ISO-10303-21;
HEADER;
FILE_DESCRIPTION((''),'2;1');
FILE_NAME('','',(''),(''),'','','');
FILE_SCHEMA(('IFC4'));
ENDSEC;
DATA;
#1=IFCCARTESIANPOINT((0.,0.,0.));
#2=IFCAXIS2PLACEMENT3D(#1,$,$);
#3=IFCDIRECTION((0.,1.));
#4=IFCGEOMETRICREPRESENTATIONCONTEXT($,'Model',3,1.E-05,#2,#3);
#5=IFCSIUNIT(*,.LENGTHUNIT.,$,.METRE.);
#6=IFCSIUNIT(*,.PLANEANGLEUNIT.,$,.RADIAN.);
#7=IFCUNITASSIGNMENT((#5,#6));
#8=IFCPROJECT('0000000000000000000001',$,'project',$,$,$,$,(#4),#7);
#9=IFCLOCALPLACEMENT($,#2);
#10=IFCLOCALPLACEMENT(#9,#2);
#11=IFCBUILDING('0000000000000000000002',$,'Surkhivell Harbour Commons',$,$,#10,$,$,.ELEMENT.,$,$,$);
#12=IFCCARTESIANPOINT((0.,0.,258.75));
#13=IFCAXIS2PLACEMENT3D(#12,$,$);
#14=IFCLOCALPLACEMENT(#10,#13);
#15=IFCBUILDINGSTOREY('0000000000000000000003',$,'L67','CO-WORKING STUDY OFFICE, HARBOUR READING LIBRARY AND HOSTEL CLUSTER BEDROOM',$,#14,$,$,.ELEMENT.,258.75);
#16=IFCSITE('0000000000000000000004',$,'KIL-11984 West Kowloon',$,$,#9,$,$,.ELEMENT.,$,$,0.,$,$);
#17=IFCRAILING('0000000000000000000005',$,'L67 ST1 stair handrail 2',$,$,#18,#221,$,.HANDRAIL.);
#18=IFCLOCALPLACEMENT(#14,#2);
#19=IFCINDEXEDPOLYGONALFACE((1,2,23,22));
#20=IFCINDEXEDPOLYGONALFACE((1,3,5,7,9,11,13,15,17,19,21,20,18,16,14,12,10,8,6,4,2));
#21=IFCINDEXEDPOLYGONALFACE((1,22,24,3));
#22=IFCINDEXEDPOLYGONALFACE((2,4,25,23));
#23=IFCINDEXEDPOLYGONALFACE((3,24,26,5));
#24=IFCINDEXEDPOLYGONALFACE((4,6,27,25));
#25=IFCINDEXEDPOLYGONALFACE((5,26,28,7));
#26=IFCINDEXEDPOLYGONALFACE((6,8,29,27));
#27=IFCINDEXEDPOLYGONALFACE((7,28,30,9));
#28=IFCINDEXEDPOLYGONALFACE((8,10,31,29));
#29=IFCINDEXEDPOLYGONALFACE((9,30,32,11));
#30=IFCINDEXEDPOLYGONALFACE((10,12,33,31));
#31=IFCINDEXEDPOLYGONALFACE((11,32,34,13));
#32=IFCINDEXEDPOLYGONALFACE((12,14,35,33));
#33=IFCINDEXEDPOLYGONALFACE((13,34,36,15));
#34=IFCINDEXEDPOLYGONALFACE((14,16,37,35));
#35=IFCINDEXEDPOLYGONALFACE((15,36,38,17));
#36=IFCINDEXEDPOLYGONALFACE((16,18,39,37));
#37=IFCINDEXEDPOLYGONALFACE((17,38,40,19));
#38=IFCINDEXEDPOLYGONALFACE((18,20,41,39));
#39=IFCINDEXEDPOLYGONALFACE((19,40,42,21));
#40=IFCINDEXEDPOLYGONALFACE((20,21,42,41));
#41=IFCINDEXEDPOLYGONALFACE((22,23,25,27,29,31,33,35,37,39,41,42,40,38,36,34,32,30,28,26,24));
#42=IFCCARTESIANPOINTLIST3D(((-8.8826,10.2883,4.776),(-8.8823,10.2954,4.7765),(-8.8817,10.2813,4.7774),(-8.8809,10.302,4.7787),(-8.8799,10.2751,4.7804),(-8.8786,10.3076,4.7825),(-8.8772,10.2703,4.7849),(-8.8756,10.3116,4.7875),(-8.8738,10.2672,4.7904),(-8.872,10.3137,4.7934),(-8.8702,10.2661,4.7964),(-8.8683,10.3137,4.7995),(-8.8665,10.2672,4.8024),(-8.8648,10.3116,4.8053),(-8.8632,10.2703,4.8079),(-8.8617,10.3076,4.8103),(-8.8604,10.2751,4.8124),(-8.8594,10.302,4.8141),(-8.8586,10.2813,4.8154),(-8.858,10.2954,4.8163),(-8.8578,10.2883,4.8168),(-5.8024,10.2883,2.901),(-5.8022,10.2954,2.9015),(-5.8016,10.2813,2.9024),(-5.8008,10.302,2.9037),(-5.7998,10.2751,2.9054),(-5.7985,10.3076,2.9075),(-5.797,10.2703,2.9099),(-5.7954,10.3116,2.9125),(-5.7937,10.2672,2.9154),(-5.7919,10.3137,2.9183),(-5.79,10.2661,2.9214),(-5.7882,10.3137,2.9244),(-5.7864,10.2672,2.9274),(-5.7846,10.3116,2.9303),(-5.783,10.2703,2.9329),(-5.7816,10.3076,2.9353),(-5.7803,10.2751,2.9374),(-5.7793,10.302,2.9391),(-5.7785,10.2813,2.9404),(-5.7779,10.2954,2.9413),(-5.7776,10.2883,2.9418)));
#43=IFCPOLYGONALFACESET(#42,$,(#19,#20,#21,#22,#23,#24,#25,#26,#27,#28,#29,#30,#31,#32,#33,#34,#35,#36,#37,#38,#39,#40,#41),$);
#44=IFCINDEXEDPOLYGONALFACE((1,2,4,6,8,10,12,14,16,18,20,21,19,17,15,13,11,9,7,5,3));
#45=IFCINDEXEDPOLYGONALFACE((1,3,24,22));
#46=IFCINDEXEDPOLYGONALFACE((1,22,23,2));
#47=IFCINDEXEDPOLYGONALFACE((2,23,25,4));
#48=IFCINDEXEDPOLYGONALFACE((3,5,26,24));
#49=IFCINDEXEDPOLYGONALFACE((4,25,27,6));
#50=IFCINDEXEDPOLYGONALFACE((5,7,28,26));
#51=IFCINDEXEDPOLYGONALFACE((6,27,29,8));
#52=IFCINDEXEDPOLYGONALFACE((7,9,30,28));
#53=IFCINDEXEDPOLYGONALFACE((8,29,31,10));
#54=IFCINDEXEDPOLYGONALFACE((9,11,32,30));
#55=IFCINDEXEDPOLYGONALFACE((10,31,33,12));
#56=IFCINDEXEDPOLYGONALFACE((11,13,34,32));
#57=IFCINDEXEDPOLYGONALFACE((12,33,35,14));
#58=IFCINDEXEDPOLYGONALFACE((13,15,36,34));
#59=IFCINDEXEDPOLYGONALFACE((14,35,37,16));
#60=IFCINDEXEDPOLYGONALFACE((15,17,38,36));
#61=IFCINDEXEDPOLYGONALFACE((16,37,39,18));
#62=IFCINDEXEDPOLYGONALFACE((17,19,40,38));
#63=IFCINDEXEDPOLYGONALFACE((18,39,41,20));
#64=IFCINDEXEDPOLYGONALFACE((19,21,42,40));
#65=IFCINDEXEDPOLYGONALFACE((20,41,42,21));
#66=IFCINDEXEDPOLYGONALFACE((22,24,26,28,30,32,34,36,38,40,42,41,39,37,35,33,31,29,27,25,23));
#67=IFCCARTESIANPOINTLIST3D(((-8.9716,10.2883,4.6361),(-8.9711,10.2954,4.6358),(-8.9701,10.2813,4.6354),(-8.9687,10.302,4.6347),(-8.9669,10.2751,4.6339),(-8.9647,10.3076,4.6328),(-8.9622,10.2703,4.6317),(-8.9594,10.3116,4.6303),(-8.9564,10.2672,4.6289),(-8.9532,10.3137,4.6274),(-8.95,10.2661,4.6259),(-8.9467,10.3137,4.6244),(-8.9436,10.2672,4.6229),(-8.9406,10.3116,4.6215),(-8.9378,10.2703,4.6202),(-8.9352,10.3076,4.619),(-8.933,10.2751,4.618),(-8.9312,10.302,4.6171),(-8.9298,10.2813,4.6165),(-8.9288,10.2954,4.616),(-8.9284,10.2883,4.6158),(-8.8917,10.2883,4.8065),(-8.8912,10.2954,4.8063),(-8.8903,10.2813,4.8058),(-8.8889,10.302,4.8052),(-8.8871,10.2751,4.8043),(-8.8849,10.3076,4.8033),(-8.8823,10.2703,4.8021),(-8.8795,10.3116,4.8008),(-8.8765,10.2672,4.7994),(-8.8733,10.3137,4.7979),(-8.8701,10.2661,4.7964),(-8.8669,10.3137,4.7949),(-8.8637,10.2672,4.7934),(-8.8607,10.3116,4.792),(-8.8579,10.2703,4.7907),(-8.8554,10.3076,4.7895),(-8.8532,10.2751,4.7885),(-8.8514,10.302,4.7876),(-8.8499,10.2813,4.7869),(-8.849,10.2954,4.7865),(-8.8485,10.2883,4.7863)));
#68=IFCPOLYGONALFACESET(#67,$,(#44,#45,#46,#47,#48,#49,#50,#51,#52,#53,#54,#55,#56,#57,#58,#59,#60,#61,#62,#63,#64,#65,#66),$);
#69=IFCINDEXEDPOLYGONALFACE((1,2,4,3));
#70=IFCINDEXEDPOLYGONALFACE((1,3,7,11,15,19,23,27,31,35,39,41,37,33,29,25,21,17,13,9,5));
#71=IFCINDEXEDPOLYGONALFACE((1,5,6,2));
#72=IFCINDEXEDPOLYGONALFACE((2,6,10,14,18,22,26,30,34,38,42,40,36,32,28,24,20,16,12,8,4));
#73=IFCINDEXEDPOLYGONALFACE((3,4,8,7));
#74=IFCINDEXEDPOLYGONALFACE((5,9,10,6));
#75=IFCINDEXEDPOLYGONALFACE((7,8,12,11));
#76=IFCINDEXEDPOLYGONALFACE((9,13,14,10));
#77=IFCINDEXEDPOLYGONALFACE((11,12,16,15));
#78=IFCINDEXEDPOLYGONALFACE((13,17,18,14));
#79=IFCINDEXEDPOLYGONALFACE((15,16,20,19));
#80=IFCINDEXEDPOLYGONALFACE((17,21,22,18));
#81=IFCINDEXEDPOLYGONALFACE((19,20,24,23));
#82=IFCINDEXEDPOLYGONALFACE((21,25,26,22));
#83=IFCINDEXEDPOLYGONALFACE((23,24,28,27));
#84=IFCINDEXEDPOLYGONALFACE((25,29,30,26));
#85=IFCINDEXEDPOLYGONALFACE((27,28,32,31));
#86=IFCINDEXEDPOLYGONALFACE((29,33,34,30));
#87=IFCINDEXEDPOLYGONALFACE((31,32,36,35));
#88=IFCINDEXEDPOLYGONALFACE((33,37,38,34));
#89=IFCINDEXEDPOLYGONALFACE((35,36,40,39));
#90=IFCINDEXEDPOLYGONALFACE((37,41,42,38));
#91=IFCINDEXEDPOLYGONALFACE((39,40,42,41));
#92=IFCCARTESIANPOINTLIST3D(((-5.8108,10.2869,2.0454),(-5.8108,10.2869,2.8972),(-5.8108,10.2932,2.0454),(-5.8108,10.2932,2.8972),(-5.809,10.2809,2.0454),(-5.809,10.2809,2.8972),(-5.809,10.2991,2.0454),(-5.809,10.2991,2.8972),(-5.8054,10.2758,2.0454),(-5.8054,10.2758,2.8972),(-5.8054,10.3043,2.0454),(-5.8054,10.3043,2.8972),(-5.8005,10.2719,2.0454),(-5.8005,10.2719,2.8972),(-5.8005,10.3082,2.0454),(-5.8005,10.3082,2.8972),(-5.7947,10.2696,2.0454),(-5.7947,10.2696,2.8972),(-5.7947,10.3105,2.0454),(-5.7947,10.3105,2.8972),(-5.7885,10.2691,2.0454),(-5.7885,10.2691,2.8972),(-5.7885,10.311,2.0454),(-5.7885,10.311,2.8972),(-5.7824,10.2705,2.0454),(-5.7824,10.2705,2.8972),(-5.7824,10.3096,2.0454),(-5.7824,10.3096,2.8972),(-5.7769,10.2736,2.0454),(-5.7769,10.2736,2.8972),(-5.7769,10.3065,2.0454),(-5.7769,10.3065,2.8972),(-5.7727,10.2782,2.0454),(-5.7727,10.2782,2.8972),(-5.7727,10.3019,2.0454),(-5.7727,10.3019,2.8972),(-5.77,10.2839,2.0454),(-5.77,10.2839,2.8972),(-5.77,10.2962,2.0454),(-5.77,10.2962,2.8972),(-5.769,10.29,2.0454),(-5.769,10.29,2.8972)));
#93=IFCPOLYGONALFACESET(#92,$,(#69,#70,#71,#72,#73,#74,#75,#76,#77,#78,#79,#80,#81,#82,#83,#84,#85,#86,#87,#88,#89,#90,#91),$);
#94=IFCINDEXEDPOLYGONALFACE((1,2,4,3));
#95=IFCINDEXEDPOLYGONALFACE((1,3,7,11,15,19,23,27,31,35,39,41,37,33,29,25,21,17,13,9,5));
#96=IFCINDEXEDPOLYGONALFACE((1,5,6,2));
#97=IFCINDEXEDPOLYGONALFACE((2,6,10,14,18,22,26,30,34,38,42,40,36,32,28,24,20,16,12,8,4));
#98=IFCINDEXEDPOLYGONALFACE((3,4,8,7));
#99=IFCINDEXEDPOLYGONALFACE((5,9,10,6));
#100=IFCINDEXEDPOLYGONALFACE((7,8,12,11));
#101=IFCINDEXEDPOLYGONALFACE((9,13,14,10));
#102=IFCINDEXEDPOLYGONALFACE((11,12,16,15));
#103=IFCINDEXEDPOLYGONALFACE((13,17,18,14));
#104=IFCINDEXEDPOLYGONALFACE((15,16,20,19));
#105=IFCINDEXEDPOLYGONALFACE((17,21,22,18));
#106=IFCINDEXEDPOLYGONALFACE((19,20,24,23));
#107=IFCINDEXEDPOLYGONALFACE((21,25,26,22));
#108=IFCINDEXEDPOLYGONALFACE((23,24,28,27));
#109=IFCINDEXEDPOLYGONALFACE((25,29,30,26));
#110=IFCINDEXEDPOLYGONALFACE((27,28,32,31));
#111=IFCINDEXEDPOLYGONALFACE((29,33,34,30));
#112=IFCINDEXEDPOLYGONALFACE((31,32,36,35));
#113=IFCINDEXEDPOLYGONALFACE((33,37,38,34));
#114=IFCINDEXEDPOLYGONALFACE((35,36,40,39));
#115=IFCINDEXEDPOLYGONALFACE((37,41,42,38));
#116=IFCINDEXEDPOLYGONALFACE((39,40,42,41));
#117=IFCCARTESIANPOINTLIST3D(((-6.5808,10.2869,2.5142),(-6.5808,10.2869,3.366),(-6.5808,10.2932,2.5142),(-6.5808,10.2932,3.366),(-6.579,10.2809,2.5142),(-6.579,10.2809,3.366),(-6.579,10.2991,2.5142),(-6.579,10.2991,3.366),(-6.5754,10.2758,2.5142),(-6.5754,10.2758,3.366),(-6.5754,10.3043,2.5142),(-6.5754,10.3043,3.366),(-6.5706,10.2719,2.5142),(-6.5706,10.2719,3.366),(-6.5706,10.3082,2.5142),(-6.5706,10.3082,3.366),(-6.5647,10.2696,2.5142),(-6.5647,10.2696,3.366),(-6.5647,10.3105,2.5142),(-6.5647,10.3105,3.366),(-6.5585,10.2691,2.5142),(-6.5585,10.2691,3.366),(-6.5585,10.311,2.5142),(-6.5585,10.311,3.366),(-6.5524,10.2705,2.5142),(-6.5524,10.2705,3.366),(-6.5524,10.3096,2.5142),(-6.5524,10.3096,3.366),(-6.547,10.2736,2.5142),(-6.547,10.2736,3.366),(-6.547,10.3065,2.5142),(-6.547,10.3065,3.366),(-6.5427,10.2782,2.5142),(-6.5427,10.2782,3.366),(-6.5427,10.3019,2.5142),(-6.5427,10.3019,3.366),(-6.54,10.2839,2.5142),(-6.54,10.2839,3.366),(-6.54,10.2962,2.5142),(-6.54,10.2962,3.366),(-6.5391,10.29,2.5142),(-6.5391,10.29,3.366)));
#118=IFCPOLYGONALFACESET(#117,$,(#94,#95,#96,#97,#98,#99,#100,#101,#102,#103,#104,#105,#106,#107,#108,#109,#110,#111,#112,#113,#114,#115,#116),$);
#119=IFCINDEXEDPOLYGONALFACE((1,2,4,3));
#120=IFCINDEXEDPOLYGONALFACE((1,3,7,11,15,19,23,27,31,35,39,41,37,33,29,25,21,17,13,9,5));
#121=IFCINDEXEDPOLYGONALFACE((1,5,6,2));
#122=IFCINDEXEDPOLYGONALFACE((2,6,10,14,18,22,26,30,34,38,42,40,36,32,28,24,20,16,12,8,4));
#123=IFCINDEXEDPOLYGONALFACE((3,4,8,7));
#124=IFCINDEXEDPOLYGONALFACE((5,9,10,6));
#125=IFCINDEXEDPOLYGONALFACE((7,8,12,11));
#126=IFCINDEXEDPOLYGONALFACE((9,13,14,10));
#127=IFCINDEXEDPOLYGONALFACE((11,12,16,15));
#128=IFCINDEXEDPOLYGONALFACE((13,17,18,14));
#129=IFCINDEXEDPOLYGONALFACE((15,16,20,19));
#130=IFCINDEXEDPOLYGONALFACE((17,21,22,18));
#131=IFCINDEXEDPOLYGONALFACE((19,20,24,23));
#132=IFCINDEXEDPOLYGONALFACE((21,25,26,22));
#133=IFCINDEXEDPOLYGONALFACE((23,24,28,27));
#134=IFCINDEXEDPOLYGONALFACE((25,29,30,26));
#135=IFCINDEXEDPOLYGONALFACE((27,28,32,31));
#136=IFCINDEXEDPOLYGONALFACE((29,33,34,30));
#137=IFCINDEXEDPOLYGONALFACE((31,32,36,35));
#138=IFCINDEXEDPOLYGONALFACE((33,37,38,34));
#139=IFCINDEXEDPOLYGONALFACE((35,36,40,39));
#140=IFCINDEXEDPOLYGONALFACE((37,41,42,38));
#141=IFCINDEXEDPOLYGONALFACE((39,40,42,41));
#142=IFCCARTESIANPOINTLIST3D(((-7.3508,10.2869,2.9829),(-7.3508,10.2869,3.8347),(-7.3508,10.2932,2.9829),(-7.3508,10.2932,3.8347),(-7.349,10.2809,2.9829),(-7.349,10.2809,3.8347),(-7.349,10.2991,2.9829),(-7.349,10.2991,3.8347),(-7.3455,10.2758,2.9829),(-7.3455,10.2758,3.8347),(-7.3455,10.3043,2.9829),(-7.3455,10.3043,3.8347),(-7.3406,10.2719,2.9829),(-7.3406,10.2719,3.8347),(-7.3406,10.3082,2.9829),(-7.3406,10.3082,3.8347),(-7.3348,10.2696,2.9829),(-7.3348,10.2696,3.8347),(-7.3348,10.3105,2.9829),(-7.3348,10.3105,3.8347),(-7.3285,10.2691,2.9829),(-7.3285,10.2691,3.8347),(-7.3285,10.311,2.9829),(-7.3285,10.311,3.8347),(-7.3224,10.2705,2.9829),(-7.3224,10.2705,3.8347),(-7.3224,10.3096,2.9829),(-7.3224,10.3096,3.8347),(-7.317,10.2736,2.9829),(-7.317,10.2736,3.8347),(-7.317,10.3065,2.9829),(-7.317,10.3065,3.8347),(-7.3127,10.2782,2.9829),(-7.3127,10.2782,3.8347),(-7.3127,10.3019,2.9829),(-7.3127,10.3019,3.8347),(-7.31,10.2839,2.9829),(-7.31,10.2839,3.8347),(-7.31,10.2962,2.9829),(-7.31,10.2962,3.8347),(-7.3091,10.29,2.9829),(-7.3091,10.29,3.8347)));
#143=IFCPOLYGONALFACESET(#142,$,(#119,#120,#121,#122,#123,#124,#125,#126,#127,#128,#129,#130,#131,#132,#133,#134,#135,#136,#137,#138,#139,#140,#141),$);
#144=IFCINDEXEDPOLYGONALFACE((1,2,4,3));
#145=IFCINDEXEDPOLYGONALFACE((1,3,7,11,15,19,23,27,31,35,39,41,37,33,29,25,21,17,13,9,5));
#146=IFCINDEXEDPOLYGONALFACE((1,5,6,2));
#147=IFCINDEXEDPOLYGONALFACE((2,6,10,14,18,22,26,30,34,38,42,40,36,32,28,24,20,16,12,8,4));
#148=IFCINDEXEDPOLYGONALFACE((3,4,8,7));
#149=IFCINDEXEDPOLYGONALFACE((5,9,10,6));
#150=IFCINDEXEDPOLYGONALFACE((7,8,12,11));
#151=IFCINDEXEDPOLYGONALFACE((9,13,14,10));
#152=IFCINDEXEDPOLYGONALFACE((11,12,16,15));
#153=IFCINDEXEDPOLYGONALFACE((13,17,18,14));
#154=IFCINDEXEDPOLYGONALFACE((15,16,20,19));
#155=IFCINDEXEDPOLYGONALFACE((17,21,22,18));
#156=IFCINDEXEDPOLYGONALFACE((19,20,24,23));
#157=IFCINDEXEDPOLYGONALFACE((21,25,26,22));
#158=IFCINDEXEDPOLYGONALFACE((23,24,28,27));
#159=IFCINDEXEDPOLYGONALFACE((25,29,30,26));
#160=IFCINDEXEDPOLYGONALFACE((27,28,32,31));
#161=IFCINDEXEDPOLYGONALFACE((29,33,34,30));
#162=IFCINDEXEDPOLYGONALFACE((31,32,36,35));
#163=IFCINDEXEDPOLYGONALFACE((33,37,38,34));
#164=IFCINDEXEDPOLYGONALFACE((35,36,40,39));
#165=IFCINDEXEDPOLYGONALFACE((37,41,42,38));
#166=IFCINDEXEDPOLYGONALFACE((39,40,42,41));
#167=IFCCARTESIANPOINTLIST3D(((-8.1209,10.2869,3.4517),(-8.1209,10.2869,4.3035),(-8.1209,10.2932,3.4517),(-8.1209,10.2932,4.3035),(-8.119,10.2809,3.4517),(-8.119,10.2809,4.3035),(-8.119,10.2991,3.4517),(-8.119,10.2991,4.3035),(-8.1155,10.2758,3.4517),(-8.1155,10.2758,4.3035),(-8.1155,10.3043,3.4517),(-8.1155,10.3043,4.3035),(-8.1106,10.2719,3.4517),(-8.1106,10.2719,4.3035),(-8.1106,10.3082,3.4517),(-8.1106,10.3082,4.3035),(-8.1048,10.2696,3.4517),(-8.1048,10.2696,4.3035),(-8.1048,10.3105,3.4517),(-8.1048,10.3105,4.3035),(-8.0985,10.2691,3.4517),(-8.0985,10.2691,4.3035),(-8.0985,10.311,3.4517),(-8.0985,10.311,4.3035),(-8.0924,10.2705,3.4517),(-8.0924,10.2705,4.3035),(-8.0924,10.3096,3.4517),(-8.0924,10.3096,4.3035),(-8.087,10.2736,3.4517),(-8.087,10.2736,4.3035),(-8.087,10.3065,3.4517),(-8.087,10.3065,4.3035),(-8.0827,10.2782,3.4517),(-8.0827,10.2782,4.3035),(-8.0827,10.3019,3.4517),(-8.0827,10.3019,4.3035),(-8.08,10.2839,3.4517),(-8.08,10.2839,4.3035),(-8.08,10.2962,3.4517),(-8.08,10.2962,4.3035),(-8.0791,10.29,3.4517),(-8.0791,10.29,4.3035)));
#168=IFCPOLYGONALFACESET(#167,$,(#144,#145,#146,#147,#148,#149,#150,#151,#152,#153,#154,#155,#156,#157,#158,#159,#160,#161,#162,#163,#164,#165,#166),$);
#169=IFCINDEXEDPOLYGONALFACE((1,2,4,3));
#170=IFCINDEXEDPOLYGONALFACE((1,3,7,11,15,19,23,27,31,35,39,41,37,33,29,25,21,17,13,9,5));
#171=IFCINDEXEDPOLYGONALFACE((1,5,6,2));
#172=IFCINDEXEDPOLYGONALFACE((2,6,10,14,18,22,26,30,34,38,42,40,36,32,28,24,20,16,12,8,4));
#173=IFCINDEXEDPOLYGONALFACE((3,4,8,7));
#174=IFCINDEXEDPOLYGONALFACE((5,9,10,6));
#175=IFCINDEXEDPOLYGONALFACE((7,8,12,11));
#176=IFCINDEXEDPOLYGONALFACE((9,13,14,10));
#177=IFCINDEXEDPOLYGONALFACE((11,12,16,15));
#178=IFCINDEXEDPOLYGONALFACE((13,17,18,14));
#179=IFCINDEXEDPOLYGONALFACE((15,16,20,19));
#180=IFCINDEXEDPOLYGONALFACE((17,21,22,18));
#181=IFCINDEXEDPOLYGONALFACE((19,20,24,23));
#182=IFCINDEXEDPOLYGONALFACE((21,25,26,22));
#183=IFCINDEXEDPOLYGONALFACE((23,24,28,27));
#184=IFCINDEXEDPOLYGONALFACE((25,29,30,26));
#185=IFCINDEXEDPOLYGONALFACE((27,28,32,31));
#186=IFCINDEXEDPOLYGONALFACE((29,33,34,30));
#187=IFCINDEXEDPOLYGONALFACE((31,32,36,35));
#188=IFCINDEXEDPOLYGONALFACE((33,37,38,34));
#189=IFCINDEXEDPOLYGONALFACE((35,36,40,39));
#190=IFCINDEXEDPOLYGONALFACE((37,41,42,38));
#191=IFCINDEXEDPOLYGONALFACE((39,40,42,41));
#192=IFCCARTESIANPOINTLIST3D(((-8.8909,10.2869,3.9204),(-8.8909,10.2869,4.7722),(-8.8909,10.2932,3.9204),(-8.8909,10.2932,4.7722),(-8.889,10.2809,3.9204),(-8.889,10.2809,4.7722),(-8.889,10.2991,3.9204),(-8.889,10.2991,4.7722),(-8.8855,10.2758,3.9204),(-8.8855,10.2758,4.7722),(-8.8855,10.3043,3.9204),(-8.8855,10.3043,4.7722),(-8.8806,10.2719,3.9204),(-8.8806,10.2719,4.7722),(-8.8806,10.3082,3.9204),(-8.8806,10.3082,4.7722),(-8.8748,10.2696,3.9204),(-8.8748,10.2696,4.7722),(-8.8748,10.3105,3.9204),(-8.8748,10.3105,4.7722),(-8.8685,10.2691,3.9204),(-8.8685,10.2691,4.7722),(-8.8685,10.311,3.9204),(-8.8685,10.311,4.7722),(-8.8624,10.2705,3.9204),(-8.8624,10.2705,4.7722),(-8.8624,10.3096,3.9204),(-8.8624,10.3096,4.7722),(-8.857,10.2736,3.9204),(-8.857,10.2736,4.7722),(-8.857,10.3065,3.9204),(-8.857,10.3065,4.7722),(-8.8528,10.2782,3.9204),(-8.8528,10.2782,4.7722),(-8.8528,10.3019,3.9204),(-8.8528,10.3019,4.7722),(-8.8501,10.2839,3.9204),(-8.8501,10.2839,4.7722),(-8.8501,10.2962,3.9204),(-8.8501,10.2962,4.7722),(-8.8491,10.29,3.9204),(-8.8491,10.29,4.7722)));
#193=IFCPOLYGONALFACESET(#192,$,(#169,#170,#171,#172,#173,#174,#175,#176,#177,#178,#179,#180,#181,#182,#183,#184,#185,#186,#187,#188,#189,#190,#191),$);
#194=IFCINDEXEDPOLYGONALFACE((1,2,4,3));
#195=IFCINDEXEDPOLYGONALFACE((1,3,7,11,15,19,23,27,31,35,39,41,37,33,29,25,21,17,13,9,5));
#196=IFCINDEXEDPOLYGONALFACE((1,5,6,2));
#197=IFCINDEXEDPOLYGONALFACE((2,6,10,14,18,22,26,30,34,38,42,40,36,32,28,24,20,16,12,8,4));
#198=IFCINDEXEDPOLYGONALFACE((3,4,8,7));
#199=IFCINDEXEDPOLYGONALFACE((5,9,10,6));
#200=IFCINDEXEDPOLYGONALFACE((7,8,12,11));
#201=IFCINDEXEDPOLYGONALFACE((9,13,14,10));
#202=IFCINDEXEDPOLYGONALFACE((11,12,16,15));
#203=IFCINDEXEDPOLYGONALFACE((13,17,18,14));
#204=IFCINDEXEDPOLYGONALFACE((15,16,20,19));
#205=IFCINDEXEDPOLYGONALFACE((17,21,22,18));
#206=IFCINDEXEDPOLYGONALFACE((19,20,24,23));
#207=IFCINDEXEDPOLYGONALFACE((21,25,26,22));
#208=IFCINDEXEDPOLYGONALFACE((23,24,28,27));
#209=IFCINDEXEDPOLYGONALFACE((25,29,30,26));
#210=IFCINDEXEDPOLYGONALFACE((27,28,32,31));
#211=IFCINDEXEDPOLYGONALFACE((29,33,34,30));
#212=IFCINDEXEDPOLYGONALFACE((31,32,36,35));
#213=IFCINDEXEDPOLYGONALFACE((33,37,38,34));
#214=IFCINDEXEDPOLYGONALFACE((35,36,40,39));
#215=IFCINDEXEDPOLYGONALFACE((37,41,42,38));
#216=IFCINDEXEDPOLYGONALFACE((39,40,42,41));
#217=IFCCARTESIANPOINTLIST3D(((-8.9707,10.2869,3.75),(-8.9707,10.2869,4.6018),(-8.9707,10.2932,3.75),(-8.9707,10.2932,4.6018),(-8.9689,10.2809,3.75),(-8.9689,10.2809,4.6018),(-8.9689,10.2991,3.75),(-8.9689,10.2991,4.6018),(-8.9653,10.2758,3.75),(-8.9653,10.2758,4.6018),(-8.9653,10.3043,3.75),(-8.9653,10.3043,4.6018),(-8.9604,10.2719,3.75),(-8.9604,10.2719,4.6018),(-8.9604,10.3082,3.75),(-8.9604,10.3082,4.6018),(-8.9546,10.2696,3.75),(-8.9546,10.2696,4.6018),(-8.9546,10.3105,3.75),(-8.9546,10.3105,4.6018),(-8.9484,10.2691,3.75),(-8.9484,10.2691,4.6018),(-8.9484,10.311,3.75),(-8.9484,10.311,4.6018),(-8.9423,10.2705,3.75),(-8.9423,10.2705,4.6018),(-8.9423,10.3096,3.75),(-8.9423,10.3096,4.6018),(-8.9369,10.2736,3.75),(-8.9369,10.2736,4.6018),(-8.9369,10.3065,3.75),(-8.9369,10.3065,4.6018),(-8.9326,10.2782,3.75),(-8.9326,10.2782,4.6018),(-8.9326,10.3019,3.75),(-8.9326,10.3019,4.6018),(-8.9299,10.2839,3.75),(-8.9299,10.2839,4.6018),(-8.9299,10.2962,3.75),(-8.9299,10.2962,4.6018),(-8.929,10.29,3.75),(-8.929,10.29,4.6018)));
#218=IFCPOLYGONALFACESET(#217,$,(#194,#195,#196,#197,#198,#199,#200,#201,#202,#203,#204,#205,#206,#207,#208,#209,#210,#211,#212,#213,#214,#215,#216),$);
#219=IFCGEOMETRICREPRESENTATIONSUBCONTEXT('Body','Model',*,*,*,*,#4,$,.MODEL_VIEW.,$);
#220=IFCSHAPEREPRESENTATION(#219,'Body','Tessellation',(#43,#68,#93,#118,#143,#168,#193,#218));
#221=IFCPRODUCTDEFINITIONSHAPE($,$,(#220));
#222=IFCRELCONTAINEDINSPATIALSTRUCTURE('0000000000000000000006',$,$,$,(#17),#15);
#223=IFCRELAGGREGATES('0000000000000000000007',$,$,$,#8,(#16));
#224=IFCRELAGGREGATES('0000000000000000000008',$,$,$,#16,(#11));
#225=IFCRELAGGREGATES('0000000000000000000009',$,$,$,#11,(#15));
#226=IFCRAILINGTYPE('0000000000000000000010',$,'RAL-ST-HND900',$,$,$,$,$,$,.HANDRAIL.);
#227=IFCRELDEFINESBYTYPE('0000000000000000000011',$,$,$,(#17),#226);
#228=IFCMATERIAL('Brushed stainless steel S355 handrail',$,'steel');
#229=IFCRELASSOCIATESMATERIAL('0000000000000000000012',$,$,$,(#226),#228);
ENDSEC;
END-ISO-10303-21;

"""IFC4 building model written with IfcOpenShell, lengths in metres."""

from ifc_helpers import new_model, si_unit, direction, frame, origin, origin_2d, place, context, subcontext, project, spatial, circle, extrude, material, type_object, element, save


model = new_model("IFC4")

# Units and contexts
model_context = context("Model", 3, precision=1e-05, world=origin(), true_north=direction((0.0, 1.0)))
body_context = subcontext(model_context, "Body", "Model", "MODEL_VIEW")
ifc_project = project(units=[si_unit("LENGTHUNIT", "METRE"), si_unit("PLANEANGLEUNIT", "RADIAN")], contexts=[model_context])

# Site, building, storey
site_placement = place(None, origin())
site = spatial("IfcSite", under=ifc_project, at=site_placement, Name="KIL-11984 West Kowloon", CompositionType="ELEMENT", RefElevation=0.0)
building_placement = place(site_placement, origin())
building = spatial("IfcBuilding", under=site, at=building_placement, Name="Surkhivell Harbour Commons", CompositionType="ELEMENT")
storey_placement = place(building_placement, frame((0.0, 0.0, 258.75)))
storey = spatial("IfcBuildingStorey", under=building, at=storey_placement, Name="L67", Description="CO-WORKING STUDY OFFICE, HARBOUR READING LIBRARY AND HOSTEL CLUSTER BEDROOM", CompositionType="ELEMENT", Elevation=258.75)

# Railing
ifc_material_1 = material(Name="Brushed stainless steel S355 handrail", Category="steel")
railing_type_1 = type_object("IfcRailingType", Name="RAL-ST-HND900", PredefinedType="HANDRAIL", material=ifc_material_1)
railing_1_placement = place(storey_placement, frame((-5.79, 10.29, 2.0454)))
element("IfcRailing", 1, at=railing_1_placement, inside=storey, type_object=railing_type_1, Name="L67 ST1 stair handrail 2", PredefinedType="HANDRAIL", context=body_context, shape_type="SweptSolid", body=[
    extrude(circle(Radius=0.0239, at=origin_2d()), frame((0.0, 0.0, 0.876), z_axis=(-0.854178, 0.0, 0.519981), x_axis=(0.0, -1.0, 0.0)), (0.0, 0.0, 1.0), 3.606),
    extrude(circle(Radius=0.0239, at=origin_2d()), frame((-3.0801, 0.0, 2.751), z_axis=(-0.424234, 0.0, -0.905552), x_axis=(0.0, -1.0, 0.0)), (0.0, 0.0, 1.0), 0.1882),
    extrude(circle(Radius=0.021, at=origin_2d()), origin(), (0.0, 0.0, 1.0), 0.8518),
    extrude(circle(Radius=0.021, at=origin_2d()), frame((-0.77, 0.0, 0.4688)), (0.0, 0.0, 1.0), 0.8518),
    extrude(circle(Radius=0.021, at=origin_2d()), frame((-1.54, 0.0, 0.9375)), (0.0, 0.0, 1.0), 0.8518),
    extrude(circle(Radius=0.021, at=origin_2d()), frame((-2.3101, 0.0, 1.4062)), (0.0, 0.0, 1.0), 0.8518),
    extrude(circle(Radius=0.021, at=origin_2d()), frame((-3.0801, 0.0, 1.875)), (0.0, 0.0, 1.0), 0.8518),
    extrude(circle(Radius=0.021, at=origin_2d()), frame((-3.1599, 0.0, 1.7046)), (0.0, 0.0, 1.0), 0.8518),
])

save(model, "model.ifc")
